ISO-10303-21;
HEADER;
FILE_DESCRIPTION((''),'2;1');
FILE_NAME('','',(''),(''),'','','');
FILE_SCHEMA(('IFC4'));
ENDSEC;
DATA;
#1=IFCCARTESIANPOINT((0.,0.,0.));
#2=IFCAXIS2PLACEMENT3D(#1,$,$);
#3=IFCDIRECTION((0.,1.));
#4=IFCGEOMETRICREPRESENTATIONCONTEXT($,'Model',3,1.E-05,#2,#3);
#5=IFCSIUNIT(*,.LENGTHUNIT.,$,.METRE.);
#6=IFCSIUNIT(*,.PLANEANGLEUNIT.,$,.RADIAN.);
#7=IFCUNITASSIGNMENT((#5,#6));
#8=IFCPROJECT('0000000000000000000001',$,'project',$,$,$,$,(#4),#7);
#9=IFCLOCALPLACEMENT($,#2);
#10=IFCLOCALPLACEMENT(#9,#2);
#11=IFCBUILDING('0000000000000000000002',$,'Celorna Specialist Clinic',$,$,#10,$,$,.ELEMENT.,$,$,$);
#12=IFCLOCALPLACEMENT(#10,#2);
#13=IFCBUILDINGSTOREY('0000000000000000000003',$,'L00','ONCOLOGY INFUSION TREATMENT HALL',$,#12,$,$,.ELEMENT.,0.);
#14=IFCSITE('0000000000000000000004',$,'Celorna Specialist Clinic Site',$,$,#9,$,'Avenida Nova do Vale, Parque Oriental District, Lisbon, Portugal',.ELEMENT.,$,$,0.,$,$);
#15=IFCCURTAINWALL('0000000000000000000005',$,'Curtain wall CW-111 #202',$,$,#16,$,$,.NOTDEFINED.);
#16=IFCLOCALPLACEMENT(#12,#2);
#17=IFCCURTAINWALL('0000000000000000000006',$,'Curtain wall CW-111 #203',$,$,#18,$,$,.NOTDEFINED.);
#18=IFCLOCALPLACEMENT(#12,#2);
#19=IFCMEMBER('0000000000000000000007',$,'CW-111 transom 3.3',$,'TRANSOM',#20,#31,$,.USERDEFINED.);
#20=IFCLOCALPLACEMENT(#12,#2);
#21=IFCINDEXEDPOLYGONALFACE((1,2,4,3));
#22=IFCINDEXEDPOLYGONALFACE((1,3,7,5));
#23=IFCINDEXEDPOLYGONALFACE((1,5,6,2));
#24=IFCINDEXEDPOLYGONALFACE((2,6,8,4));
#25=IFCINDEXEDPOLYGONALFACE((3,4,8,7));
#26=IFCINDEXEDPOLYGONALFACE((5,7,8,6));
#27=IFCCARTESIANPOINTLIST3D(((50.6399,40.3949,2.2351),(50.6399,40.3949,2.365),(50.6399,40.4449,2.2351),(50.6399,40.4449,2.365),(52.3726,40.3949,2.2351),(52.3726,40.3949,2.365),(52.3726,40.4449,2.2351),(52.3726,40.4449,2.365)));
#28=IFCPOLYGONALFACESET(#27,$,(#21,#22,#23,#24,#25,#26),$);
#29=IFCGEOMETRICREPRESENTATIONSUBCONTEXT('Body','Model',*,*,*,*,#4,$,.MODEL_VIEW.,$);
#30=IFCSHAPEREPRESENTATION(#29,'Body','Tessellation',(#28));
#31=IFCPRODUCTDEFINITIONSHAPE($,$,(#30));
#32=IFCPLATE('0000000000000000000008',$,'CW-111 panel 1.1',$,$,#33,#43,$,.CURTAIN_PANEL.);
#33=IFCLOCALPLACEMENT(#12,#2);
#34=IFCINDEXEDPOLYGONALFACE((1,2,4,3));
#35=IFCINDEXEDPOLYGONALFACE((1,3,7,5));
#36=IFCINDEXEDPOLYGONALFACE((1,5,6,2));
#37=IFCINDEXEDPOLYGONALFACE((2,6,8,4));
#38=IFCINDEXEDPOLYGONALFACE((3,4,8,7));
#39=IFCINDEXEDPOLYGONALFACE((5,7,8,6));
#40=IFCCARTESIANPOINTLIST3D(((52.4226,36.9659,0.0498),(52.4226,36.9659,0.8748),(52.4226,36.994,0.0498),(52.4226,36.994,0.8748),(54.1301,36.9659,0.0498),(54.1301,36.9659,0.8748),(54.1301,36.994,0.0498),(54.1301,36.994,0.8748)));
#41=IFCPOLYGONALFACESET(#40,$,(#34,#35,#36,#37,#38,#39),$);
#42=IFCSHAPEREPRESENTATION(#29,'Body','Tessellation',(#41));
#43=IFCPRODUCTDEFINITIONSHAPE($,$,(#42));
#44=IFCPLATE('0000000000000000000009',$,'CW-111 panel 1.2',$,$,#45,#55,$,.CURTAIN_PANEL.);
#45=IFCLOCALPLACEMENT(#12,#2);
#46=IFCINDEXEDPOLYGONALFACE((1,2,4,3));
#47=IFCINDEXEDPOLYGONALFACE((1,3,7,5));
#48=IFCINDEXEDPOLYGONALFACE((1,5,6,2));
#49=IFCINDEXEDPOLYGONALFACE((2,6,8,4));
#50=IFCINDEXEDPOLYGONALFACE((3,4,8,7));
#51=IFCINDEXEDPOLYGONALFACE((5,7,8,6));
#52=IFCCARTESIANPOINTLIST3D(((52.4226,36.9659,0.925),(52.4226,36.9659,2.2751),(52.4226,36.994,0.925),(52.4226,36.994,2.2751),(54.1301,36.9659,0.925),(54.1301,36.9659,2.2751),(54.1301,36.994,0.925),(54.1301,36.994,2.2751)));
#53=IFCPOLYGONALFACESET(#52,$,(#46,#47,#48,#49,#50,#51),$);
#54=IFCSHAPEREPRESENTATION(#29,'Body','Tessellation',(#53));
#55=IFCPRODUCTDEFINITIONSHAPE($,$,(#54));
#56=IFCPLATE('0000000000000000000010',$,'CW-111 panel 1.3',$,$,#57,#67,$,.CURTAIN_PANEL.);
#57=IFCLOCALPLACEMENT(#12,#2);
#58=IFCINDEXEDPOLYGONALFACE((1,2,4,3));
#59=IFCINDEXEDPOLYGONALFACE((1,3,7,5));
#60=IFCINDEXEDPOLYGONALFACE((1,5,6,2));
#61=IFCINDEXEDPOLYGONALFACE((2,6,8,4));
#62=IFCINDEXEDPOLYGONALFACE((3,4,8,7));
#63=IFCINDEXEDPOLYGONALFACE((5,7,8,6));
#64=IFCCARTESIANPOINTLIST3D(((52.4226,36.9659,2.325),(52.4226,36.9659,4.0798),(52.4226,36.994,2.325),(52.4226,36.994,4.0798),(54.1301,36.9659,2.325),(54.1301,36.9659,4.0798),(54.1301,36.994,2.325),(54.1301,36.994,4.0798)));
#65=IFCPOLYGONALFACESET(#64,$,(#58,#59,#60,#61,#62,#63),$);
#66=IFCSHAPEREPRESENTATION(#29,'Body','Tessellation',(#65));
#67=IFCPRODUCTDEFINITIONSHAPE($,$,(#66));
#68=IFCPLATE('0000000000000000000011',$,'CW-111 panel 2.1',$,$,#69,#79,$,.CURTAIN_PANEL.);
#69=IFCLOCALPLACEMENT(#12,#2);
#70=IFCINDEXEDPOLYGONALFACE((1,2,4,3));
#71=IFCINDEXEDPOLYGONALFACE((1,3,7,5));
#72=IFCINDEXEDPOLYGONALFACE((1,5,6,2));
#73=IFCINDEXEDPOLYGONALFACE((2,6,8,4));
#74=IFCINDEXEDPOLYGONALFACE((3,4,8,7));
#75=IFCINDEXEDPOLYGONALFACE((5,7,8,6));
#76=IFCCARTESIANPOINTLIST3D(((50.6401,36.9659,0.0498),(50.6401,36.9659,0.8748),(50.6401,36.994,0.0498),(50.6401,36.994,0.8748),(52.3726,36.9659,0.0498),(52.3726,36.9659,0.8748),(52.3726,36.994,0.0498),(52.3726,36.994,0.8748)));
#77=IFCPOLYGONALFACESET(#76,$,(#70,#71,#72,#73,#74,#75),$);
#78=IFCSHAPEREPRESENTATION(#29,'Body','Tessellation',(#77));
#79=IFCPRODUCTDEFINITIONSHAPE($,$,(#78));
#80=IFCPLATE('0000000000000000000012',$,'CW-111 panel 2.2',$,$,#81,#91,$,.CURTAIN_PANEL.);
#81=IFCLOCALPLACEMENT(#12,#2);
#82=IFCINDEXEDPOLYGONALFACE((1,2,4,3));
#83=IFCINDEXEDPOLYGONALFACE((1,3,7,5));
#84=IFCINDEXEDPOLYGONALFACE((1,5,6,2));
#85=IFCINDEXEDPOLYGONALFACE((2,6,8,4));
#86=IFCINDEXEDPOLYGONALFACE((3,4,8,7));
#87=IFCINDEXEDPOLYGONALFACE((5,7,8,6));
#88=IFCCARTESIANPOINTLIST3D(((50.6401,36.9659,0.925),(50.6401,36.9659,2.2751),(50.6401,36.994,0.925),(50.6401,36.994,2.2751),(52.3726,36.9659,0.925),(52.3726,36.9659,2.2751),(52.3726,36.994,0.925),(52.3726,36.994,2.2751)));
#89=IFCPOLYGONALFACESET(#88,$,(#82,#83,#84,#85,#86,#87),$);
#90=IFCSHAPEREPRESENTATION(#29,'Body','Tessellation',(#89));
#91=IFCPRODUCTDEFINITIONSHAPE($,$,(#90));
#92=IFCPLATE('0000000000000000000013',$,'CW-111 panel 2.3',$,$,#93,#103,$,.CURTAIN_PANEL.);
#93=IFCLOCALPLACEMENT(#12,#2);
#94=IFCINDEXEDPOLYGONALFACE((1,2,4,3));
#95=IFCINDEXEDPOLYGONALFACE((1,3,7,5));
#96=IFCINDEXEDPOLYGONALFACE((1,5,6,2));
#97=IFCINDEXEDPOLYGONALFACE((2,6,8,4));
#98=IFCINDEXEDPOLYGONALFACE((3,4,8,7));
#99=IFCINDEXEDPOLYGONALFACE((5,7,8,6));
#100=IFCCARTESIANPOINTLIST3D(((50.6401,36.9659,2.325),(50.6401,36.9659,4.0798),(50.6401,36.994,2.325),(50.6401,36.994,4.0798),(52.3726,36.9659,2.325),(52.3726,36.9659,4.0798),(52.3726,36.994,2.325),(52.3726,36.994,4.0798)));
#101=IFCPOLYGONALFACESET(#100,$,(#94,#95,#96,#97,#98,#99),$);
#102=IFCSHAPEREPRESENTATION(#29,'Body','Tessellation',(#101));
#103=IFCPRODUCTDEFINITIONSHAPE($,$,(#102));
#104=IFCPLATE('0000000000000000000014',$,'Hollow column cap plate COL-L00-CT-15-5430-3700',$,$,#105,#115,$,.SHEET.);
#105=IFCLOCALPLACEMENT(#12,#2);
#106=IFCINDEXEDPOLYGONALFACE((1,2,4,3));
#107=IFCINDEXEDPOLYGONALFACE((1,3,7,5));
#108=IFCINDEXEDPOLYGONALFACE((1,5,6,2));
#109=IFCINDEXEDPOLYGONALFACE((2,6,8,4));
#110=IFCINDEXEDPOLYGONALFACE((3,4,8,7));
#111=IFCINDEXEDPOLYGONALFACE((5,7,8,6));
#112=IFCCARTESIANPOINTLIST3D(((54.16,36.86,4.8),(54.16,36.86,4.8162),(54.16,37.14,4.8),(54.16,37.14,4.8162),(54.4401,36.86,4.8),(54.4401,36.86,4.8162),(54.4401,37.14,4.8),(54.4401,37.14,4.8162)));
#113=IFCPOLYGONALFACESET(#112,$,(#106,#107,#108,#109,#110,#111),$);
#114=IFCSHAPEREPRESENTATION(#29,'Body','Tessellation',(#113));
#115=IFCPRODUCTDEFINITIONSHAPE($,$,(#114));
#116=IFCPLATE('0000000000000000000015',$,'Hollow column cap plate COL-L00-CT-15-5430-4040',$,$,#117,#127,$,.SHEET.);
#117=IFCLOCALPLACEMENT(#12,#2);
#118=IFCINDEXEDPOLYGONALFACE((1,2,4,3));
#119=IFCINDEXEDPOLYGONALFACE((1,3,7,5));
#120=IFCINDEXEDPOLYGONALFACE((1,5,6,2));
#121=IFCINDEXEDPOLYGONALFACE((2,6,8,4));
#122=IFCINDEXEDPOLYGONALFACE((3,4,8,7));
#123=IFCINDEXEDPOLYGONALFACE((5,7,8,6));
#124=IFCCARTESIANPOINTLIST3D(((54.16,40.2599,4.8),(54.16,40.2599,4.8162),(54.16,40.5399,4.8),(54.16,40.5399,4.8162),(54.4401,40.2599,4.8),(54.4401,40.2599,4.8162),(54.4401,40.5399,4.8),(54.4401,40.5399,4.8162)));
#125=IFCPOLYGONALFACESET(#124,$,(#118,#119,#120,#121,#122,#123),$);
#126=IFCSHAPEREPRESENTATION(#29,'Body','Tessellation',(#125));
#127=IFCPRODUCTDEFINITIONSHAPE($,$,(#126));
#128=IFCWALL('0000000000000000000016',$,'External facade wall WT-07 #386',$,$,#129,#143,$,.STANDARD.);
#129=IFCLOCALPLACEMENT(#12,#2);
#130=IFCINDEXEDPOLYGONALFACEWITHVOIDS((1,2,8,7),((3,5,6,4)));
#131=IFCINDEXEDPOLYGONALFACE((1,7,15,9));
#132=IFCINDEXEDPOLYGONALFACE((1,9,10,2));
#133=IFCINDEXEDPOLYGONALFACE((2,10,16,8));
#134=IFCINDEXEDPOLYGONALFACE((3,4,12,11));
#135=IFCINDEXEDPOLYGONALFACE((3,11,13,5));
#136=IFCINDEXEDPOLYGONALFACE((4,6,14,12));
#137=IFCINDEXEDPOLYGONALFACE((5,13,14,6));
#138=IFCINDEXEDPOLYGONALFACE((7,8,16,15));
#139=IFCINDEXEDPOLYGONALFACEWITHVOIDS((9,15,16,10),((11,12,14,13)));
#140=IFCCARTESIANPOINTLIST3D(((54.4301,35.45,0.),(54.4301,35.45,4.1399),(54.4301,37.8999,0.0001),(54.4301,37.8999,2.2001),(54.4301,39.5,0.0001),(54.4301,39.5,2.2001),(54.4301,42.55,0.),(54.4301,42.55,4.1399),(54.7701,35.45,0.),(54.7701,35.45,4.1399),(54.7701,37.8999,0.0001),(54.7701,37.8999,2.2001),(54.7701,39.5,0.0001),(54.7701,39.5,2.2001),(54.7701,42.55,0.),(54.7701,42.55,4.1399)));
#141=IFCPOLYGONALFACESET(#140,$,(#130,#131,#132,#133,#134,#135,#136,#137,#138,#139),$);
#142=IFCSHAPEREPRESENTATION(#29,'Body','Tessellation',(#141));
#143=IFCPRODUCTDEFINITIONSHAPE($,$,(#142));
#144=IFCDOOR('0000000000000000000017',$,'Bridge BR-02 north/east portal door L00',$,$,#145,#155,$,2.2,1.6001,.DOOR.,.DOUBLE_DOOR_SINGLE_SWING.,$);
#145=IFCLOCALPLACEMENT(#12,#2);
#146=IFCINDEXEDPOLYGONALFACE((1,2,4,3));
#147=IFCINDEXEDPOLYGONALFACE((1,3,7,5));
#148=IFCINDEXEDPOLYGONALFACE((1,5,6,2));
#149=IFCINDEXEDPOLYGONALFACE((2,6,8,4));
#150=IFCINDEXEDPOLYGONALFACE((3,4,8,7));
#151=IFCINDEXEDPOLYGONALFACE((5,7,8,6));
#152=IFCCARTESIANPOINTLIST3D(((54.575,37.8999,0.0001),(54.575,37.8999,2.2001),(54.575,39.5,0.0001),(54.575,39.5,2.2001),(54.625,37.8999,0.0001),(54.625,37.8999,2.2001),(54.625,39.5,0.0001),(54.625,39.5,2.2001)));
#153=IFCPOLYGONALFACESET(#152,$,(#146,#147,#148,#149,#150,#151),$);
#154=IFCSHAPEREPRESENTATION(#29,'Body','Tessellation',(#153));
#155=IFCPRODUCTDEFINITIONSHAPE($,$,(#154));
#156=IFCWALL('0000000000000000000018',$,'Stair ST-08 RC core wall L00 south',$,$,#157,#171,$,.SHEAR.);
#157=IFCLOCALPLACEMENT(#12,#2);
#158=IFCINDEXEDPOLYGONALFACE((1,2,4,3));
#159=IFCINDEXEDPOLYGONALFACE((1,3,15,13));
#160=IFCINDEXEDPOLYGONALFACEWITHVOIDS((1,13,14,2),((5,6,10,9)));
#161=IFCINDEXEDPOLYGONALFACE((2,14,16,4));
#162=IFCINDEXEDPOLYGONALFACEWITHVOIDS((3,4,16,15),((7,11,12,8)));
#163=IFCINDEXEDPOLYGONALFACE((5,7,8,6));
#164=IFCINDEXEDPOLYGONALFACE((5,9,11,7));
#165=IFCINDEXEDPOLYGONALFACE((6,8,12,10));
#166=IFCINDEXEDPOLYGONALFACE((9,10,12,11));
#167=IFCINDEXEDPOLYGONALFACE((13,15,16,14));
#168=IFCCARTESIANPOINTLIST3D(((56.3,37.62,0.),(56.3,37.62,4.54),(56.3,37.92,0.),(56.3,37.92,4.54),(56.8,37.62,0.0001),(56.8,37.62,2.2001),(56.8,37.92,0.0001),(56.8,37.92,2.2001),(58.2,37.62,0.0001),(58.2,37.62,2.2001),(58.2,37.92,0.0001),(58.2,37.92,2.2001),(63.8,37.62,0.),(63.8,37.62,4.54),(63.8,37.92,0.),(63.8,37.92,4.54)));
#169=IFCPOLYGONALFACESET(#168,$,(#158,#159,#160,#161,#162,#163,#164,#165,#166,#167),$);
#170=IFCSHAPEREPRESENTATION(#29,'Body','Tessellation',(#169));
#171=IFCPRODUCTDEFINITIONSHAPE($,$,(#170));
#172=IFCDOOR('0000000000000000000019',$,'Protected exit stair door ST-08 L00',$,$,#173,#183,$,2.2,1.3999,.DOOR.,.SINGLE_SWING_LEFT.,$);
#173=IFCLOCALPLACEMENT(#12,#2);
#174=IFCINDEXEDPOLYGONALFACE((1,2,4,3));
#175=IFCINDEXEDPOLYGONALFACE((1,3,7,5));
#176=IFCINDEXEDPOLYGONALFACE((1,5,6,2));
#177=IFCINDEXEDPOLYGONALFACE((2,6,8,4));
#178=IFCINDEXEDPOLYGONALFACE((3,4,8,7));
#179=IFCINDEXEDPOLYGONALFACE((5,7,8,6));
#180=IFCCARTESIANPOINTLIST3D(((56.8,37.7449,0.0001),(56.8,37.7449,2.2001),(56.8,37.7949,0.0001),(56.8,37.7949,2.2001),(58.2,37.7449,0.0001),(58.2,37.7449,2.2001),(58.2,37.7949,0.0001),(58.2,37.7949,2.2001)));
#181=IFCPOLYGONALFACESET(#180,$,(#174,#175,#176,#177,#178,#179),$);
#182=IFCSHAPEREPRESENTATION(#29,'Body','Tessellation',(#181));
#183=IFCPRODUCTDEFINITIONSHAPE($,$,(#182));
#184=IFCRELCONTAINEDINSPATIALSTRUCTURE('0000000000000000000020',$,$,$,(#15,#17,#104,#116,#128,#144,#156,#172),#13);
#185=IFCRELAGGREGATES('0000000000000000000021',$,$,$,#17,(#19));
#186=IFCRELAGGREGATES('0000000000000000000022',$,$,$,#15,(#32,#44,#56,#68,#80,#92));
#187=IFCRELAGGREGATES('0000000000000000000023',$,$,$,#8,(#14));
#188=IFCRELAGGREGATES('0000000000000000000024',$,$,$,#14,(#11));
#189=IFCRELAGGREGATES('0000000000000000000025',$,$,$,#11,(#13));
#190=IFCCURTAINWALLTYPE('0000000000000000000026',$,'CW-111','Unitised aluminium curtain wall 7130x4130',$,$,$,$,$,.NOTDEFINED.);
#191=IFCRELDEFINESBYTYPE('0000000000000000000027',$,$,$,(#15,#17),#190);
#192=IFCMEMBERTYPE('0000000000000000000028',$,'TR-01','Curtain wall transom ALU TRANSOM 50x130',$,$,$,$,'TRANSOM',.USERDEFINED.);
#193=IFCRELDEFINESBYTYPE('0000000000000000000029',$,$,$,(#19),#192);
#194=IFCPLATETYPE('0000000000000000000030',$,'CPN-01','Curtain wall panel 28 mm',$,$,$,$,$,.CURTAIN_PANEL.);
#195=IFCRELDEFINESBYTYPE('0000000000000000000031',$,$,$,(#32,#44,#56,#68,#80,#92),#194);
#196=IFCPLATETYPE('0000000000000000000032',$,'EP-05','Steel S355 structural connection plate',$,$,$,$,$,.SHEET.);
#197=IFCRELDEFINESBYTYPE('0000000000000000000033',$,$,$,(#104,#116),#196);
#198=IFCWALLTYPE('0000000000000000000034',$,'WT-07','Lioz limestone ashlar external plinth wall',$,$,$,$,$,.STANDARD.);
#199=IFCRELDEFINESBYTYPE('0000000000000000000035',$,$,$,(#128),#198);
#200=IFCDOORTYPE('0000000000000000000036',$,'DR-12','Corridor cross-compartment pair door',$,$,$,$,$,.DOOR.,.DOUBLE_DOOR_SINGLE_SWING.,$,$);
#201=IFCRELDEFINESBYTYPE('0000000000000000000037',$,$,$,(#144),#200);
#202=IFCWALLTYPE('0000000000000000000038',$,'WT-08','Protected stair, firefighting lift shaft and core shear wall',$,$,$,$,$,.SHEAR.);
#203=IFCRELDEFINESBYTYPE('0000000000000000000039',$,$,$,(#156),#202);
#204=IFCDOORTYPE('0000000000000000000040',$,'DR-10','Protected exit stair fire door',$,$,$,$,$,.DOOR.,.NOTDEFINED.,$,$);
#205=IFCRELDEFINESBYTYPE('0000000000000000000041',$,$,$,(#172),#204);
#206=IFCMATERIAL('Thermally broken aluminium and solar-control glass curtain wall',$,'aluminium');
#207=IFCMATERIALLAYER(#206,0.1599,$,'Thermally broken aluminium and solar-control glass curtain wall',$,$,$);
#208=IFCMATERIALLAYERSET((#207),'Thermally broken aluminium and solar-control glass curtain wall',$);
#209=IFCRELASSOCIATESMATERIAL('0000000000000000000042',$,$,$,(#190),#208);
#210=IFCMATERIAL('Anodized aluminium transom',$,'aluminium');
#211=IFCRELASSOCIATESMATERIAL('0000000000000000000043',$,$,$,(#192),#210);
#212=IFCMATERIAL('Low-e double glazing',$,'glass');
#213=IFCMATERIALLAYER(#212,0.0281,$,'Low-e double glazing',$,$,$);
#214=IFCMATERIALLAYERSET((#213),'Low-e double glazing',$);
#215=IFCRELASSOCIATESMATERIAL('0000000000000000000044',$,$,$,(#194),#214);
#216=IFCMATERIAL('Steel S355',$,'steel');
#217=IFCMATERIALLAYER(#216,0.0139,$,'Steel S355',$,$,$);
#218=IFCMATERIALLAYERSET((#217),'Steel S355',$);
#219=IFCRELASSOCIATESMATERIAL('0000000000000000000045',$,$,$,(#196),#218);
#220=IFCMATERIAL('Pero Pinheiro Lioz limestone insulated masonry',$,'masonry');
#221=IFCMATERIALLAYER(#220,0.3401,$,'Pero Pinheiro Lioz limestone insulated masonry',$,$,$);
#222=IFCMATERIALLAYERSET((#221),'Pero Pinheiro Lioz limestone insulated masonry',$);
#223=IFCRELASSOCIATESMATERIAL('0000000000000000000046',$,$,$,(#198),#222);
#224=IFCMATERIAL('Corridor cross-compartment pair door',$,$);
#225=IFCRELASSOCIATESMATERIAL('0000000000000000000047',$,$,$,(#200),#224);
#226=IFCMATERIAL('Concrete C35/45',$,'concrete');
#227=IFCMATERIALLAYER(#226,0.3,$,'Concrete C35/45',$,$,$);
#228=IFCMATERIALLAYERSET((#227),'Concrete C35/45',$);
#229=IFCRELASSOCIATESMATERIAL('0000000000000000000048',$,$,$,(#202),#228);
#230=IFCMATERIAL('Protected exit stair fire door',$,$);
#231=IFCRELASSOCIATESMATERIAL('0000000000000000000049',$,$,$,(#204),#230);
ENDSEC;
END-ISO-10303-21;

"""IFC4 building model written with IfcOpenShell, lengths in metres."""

from ifc_helpers import new_model, si_unit, direction, frame, frame_2d, origin, origin_2d, place, context, subcontext, project, spatial, rectangle, extrude, material, layer, layer_set, material_profile, profile_set, type_object, element, fill, aggregate, save


model = new_model("IFC4")

# Units and contexts
model_context = context("Model", 3, precision=1e-05, world=origin(), true_north=direction((0.0, 1.0)))
body_context = subcontext(model_context, "Body", "Model", "MODEL_VIEW")
ifc_project = project(units=[si_unit("LENGTHUNIT", "METRE"), si_unit("PLANEANGLEUNIT", "RADIAN")], contexts=[model_context])

# Site, building, storey
site_placement = place(None, origin())
site = spatial("IfcSite", under=ifc_project, at=site_placement, Name="Celorna Specialist Clinic Site", LongName="Avenida Nova do Vale, Parque Oriental District, Lisbon, Portugal", CompositionType="ELEMENT", RefElevation=0.0)
building_placement = place(site_placement, origin())
building = spatial("IfcBuilding", under=site, at=building_placement, Name="Celorna Specialist Clinic", CompositionType="ELEMENT")
storey_placement = place(building_placement, origin())
storey = spatial("IfcBuildingStorey", under=building, at=storey_placement, Name="L00", Description="ONCOLOGY INFUSION TREATMENT HALL", CompositionType="ELEMENT", Elevation=0.0)

# Shared definitions
ifc_material_1 = material(Name="Steel S355", Category="steel")

# Shared definitions
ifc_material_2 = material(Name="Concrete C35/45", Category="concrete")

# Curtain walls, member
ifc_material_3 = material(Name="Thermally broken aluminium and solar-control glass curtain wall", Category="aluminium")
ifc_layer_1 = layer(ifc_material_3, 0.1599, Name="Thermally broken aluminium and solar-control glass curtain wall")
ifc_layer_set_1 = layer_set([ifc_layer_1], Name="Thermally broken aluminium and solar-control glass curtain wall")
curtain_wall_type = type_object("IfcCurtainWallType", Name="CW-111", Description="Unitised aluminium curtain wall 7130x4130", PredefinedType="NOTDEFINED", material=ifc_layer_set_1)
curtain_wall_1_placement = place(storey_placement, origin())
curtain_wall_1 = element("IfcCurtainWall", 1, at=curtain_wall_1_placement, inside=storey, type_object=curtain_wall_type, Name="Curtain wall CW-111 #202", PredefinedType="NOTDEFINED")
ifc_material_4 = material(Name="Anodized aluminium transom", Category="aluminium")
ifc_material_profile_1 = material_profile(ifc_material_4, rectangle(XDim=0.05, YDim=0.1299, at=origin_2d()), Name="ALU TRANSOM 50x130")
ifc_profile_set_1 = profile_set([ifc_material_profile_1], Name="Anodized aluminium transom")
member_type_1 = type_object("IfcMemberType", Name="TR-01", Description="Curtain wall transom ALU TRANSOM 50x130", ElementType="TRANSOM", PredefinedType="USERDEFINED", material=ifc_profile_set_1)
curtain_wall_2_placement = place(storey_placement, origin())
curtain_wall_2 = element("IfcCurtainWall", 2, at=curtain_wall_2_placement, inside=storey, type_object=curtain_wall_type, Name="Curtain wall CW-111 #203", PredefinedType="NOTDEFINED")
member_1_placement = place(storey_placement, frame((50.6399, 40.4199, 2.3), z_axis=(1.0, 0.0, 0.0), x_axis=(0.0, 1.0, 0.0)))
member_1 = element("IfcMember", 3, at=member_1_placement, type_object=member_type_1, Name="CW-111 transom 3.3", ObjectType="TRANSOM", PredefinedType="USERDEFINED", context=body_context, shape_type="SweptSolid", body=[
    extrude(rectangle(XDim=0.05, YDim=0.1299, at=origin_2d()), origin(), (0.0, 0.0, 1.0), 1.7327),
])
aggregate(curtain_wall_2, [member_1])

# Plates
ifc_material_5 = material(Name="Low-e double glazing", Category="glass")
ifc_layer_2 = layer(ifc_material_5, 0.0281, Name="Low-e double glazing")
ifc_layer_set_2 = layer_set([ifc_layer_2], Name="Low-e double glazing")
plate_type_1 = type_object("IfcPlateType", Name="CPN-01", Description="Curtain wall panel 28 mm", PredefinedType="CURTAIN_PANEL", material=ifc_layer_set_2)
plate_1_placement = place(storey_placement, frame((53.2764, 36.98, 0.0498), z_axis=(0.0, 0.0, 1.0), x_axis=(-1.0, 0.0, 0.0)))
plate_1 = element("IfcPlate", 4, at=plate_1_placement, type_object=plate_type_1, Name="CW-111 panel 1.1", PredefinedType="CURTAIN_PANEL", context=body_context, shape_type="SweptSolid", body=[
    extrude(rectangle(XDim=1.7075, YDim=0.0281, at=origin_2d()), origin(), (0.0, 0.0, 1.0), 0.825),
])
plate_2_placement = place(storey_placement, frame((53.2764, 36.98, 0.925), z_axis=(0.0, 0.0, 1.0), x_axis=(-1.0, 0.0, 0.0)))
plate_2 = element("IfcPlate", 5, at=plate_2_placement, type_object=plate_type_1, Name="CW-111 panel 1.2", PredefinedType="CURTAIN_PANEL", context=body_context, shape_type="SweptSolid", body=[
    extrude(rectangle(XDim=1.7075, YDim=0.0281, at=origin_2d()), origin(), (0.0, 0.0, 1.0), 1.3501),
])
plate_3_placement = place(storey_placement, frame((53.2764, 36.98, 2.325), z_axis=(0.0, 0.0, 1.0), x_axis=(-1.0, 0.0, 0.0)))
plate_3 = element("IfcPlate", 6, at=plate_3_placement, type_object=plate_type_1, Name="CW-111 panel 1.3", PredefinedType="CURTAIN_PANEL", context=body_context, shape_type="SweptSolid", body=[
    extrude(rectangle(XDim=1.7075, YDim=0.0281, at=origin_2d()), origin(), (0.0, 0.0, 1.0), 1.7549),
])
plate_4_placement = place(storey_placement, frame((51.5063, 36.98, 0.0498), z_axis=(0.0, 0.0, 1.0), x_axis=(-1.0, 0.0, 0.0)))
plate_4 = element("IfcPlate", 7, at=plate_4_placement, type_object=plate_type_1, Name="CW-111 panel 2.1", PredefinedType="CURTAIN_PANEL", context=body_context, shape_type="SweptSolid", body=[
    extrude(rectangle(XDim=1.7324, YDim=0.0281, at=origin_2d()), origin(), (0.0, 0.0, 1.0), 0.825),
])
plate_5_placement = place(storey_placement, frame((51.5063, 36.98, 0.925), z_axis=(0.0, 0.0, 1.0), x_axis=(-1.0, 0.0, 0.0)))
plate_5 = element("IfcPlate", 8, at=plate_5_placement, type_object=plate_type_1, Name="CW-111 panel 2.2", PredefinedType="CURTAIN_PANEL", context=body_context, shape_type="SweptSolid", body=[
    extrude(rectangle(XDim=1.7324, YDim=0.0281, at=origin_2d()), origin(), (0.0, 0.0, 1.0), 1.3501),
])
plate_6_placement = place(storey_placement, frame((51.5063, 36.98, 2.325), z_axis=(0.0, 0.0, 1.0), x_axis=(-1.0, 0.0, 0.0)))
plate_6 = element("IfcPlate", 9, at=plate_6_placement, type_object=plate_type_1, Name="CW-111 panel 2.3", PredefinedType="CURTAIN_PANEL", context=body_context, shape_type="SweptSolid", body=[
    extrude(rectangle(XDim=1.7324, YDim=0.0281, at=origin_2d()), origin(), (0.0, 0.0, 1.0), 1.7549),
])
aggregate(curtain_wall_1, [plate_1, plate_2, plate_3, plate_4, plate_5, plate_6])

# Plates
ifc_layer_3 = layer(ifc_material_1, 0.0139, Name="Steel S355")
ifc_layer_set_3 = layer_set([ifc_layer_3], Name="Steel S355")
plate_type_2 = type_object("IfcPlateType", Name="EP-05", Description="Steel S355 structural connection plate", PredefinedType="SHEET", material=ifc_layer_set_3)
for number, where, z_axis, x_axis, name in (
    (10, (54.3, 37.0, 4.8), (0.0, 0.0, 1.0), (1.0, 0.0, 0.0), "Hollow column cap plate COL-L00-CT-15-5430-3700"),
    (11, (54.3, 40.3999, 4.8), (0.0, 0.0, 1.0), (1.0, 0.0, 0.0), "Hollow column cap plate COL-L00-CT-15-5430-4040"),
):
    element("IfcPlate", number, at=place(storey_placement, frame(where, z_axis=z_axis, x_axis=x_axis)), inside=storey, type_object=plate_type_2, Name=name, PredefinedType="SHEET", context=body_context, shape_type="SweptSolid", body=[
        extrude(rectangle(XDim=0.28, YDim=0.28, at=origin_2d()), origin(), (0.0, 0.0, 1.0), 0.0161),
    ])

# Walls, openings, doors
ifc_material_6 = material(Name="Pero Pinheiro Lioz limestone insulated masonry", Category="masonry")
ifc_layer_4 = layer(ifc_material_6, 0.3401, Name="Pero Pinheiro Lioz limestone insulated masonry")
ifc_layer_set_4 = layer_set([ifc_layer_4], Name="Pero Pinheiro Lioz limestone insulated masonry")
wall_type_1 = type_object("IfcWallType", Name="WT-07", Description="Lioz limestone ashlar external plinth wall", PredefinedType="STANDARD", material=ifc_layer_set_4)
wall_1_placement = place(storey_placement, frame((54.6001, 35.45, 0.0), z_axis=(0.0, 0.0, 1.0), x_axis=(0.0, 1.0, 0.0)))
wall_1 = element("IfcWall", 12, at=wall_1_placement, inside=storey, type_object=wall_type_1, Name="External facade wall WT-07 #386", PredefinedType="STANDARD", context=body_context, shape_type="SweptSolid", body=[
    extrude(rectangle(XDim=7.1001, YDim=0.3401, at=frame_2d((3.55, 0.0))), origin(), (0.0, 0.0, 1.0), 4.1399),
])
opening_1_placement = place(wall_1_placement, frame((2.45, 0.0, 0.0)))
opening_1 = element("IfcOpeningElement", 13, at=opening_1_placement, cuts=wall_1, PredefinedType="OPENING", context=body_context, shape_type="SweptSolid", body=[
    extrude(rectangle(XDim=1.6001, YDim=2.2, at=frame_2d((0.8, 1.1001))), frame((0.0, 0.1799, 0.0), z_axis=(0.0, -1.0, 0.0), x_axis=(1.0, 0.0, 0.0)), (0.0, 0.0, 1.0), 0.3601),
])
ifc_material_7 = material(Name="Corridor cross-compartment pair door")
door_type_1 = type_object("IfcDoorType", Name="DR-12", Description="Corridor cross-compartment pair door", OperationType="DOUBLE_DOOR_SINGLE_SWING", PredefinedType="DOOR", material=ifc_material_7)
door_1_placement = place(opening_1_placement, frame((1.6001, 0.0, 0.0), z_axis=(0.0, 0.0, 1.0), x_axis=(-1.0, 0.0, 0.0)))
door_1 = element("IfcDoor", 14, at=door_1_placement, inside=storey, type_object=door_type_1, Name="Bridge BR-02 north/east portal door L00", OperationType="DOUBLE_DOOR_SINGLE_SWING", OverallHeight=2.2, OverallWidth=1.6001, PredefinedType="DOOR", context=body_context, shape_type="SweptSolid", body=[
    extrude(rectangle(XDim=1.6001, YDim=2.2, at=frame_2d((0.8, 1.1001))), frame((0.0, 0.0249, 0.0), z_axis=(0.0, -1.0, 0.0), x_axis=(1.0, 0.0, 0.0)), (0.0, 0.0, 1.0), 0.05),
])
fill(opening_1, door_1)
ifc_layer_5 = layer(ifc_material_2, 0.3, Name="Concrete C35/45")
ifc_layer_set_5 = layer_set([ifc_layer_5], Name="Concrete C35/45")
wall_type_2 = type_object("IfcWallType", Name="WT-08", Description="Protected stair, firefighting lift shaft and core shear wall", PredefinedType="SHEAR", material=ifc_layer_set_5)
wall_2_placement = place(storey_placement, frame((56.3, 37.77, 0.0), z_axis=(0.0, 0.0, 1.0), x_axis=(1.0, 0.0, 0.0)))
wall_2 = element("IfcWall", 15, at=wall_2_placement, inside=storey, type_object=wall_type_2, Name="Stair ST-08 RC core wall L00 south", PredefinedType="SHEAR", context=body_context, shape_type="SweptSolid", body=[
    extrude(rectangle(XDim=7.5, YDim=0.3, at=frame_2d((3.75, 0.0))), origin(), (0.0, 0.0, 1.0), 4.54),
])
opening_2_placement = place(wall_2_placement, frame((0.5, 0.0, 0.0)))
opening_2 = element("IfcOpeningElement", 16, at=opening_2_placement, cuts=wall_2, PredefinedType="OPENING", context=body_context, shape_type="SweptSolid", body=[
    extrude(rectangle(XDim=1.3999, YDim=2.2, at=frame_2d((0.7, 1.1001))), frame((0.0, 0.1599, 0.0), z_axis=(0.0, -1.0, 0.0), x_axis=(1.0, 0.0, 0.0)), (0.0, 0.0, 1.0), 0.3201),
])
ifc_material_8 = material(Name="Protected exit stair fire door")
door_type_2 = type_object("IfcDoorType", Name="DR-10", Description="Protected exit stair fire door", OperationType="NOTDEFINED", PredefinedType="DOOR", material=ifc_material_8)
door_2_placement = place(opening_2_placement, origin())
door_2 = element("IfcDoor", 17, at=door_2_placement, inside=storey, type_object=door_type_2, Name="Protected exit stair door ST-08 L00", OperationType="SINGLE_SWING_LEFT", OverallHeight=2.2, OverallWidth=1.3999, PredefinedType="DOOR", context=body_context, shape_type="SweptSolid", body=[
    extrude(rectangle(XDim=1.3999, YDim=2.2, at=frame_2d((0.7, 1.1001))), frame((0.0, 0.0249, 0.0), z_axis=(0.0, -1.0, 0.0), x_axis=(1.0, 0.0, 0.0)), (0.0, 0.0, 1.0), 0.05),
])
fill(opening_2, door_2)

save(model, "model.ifc")
